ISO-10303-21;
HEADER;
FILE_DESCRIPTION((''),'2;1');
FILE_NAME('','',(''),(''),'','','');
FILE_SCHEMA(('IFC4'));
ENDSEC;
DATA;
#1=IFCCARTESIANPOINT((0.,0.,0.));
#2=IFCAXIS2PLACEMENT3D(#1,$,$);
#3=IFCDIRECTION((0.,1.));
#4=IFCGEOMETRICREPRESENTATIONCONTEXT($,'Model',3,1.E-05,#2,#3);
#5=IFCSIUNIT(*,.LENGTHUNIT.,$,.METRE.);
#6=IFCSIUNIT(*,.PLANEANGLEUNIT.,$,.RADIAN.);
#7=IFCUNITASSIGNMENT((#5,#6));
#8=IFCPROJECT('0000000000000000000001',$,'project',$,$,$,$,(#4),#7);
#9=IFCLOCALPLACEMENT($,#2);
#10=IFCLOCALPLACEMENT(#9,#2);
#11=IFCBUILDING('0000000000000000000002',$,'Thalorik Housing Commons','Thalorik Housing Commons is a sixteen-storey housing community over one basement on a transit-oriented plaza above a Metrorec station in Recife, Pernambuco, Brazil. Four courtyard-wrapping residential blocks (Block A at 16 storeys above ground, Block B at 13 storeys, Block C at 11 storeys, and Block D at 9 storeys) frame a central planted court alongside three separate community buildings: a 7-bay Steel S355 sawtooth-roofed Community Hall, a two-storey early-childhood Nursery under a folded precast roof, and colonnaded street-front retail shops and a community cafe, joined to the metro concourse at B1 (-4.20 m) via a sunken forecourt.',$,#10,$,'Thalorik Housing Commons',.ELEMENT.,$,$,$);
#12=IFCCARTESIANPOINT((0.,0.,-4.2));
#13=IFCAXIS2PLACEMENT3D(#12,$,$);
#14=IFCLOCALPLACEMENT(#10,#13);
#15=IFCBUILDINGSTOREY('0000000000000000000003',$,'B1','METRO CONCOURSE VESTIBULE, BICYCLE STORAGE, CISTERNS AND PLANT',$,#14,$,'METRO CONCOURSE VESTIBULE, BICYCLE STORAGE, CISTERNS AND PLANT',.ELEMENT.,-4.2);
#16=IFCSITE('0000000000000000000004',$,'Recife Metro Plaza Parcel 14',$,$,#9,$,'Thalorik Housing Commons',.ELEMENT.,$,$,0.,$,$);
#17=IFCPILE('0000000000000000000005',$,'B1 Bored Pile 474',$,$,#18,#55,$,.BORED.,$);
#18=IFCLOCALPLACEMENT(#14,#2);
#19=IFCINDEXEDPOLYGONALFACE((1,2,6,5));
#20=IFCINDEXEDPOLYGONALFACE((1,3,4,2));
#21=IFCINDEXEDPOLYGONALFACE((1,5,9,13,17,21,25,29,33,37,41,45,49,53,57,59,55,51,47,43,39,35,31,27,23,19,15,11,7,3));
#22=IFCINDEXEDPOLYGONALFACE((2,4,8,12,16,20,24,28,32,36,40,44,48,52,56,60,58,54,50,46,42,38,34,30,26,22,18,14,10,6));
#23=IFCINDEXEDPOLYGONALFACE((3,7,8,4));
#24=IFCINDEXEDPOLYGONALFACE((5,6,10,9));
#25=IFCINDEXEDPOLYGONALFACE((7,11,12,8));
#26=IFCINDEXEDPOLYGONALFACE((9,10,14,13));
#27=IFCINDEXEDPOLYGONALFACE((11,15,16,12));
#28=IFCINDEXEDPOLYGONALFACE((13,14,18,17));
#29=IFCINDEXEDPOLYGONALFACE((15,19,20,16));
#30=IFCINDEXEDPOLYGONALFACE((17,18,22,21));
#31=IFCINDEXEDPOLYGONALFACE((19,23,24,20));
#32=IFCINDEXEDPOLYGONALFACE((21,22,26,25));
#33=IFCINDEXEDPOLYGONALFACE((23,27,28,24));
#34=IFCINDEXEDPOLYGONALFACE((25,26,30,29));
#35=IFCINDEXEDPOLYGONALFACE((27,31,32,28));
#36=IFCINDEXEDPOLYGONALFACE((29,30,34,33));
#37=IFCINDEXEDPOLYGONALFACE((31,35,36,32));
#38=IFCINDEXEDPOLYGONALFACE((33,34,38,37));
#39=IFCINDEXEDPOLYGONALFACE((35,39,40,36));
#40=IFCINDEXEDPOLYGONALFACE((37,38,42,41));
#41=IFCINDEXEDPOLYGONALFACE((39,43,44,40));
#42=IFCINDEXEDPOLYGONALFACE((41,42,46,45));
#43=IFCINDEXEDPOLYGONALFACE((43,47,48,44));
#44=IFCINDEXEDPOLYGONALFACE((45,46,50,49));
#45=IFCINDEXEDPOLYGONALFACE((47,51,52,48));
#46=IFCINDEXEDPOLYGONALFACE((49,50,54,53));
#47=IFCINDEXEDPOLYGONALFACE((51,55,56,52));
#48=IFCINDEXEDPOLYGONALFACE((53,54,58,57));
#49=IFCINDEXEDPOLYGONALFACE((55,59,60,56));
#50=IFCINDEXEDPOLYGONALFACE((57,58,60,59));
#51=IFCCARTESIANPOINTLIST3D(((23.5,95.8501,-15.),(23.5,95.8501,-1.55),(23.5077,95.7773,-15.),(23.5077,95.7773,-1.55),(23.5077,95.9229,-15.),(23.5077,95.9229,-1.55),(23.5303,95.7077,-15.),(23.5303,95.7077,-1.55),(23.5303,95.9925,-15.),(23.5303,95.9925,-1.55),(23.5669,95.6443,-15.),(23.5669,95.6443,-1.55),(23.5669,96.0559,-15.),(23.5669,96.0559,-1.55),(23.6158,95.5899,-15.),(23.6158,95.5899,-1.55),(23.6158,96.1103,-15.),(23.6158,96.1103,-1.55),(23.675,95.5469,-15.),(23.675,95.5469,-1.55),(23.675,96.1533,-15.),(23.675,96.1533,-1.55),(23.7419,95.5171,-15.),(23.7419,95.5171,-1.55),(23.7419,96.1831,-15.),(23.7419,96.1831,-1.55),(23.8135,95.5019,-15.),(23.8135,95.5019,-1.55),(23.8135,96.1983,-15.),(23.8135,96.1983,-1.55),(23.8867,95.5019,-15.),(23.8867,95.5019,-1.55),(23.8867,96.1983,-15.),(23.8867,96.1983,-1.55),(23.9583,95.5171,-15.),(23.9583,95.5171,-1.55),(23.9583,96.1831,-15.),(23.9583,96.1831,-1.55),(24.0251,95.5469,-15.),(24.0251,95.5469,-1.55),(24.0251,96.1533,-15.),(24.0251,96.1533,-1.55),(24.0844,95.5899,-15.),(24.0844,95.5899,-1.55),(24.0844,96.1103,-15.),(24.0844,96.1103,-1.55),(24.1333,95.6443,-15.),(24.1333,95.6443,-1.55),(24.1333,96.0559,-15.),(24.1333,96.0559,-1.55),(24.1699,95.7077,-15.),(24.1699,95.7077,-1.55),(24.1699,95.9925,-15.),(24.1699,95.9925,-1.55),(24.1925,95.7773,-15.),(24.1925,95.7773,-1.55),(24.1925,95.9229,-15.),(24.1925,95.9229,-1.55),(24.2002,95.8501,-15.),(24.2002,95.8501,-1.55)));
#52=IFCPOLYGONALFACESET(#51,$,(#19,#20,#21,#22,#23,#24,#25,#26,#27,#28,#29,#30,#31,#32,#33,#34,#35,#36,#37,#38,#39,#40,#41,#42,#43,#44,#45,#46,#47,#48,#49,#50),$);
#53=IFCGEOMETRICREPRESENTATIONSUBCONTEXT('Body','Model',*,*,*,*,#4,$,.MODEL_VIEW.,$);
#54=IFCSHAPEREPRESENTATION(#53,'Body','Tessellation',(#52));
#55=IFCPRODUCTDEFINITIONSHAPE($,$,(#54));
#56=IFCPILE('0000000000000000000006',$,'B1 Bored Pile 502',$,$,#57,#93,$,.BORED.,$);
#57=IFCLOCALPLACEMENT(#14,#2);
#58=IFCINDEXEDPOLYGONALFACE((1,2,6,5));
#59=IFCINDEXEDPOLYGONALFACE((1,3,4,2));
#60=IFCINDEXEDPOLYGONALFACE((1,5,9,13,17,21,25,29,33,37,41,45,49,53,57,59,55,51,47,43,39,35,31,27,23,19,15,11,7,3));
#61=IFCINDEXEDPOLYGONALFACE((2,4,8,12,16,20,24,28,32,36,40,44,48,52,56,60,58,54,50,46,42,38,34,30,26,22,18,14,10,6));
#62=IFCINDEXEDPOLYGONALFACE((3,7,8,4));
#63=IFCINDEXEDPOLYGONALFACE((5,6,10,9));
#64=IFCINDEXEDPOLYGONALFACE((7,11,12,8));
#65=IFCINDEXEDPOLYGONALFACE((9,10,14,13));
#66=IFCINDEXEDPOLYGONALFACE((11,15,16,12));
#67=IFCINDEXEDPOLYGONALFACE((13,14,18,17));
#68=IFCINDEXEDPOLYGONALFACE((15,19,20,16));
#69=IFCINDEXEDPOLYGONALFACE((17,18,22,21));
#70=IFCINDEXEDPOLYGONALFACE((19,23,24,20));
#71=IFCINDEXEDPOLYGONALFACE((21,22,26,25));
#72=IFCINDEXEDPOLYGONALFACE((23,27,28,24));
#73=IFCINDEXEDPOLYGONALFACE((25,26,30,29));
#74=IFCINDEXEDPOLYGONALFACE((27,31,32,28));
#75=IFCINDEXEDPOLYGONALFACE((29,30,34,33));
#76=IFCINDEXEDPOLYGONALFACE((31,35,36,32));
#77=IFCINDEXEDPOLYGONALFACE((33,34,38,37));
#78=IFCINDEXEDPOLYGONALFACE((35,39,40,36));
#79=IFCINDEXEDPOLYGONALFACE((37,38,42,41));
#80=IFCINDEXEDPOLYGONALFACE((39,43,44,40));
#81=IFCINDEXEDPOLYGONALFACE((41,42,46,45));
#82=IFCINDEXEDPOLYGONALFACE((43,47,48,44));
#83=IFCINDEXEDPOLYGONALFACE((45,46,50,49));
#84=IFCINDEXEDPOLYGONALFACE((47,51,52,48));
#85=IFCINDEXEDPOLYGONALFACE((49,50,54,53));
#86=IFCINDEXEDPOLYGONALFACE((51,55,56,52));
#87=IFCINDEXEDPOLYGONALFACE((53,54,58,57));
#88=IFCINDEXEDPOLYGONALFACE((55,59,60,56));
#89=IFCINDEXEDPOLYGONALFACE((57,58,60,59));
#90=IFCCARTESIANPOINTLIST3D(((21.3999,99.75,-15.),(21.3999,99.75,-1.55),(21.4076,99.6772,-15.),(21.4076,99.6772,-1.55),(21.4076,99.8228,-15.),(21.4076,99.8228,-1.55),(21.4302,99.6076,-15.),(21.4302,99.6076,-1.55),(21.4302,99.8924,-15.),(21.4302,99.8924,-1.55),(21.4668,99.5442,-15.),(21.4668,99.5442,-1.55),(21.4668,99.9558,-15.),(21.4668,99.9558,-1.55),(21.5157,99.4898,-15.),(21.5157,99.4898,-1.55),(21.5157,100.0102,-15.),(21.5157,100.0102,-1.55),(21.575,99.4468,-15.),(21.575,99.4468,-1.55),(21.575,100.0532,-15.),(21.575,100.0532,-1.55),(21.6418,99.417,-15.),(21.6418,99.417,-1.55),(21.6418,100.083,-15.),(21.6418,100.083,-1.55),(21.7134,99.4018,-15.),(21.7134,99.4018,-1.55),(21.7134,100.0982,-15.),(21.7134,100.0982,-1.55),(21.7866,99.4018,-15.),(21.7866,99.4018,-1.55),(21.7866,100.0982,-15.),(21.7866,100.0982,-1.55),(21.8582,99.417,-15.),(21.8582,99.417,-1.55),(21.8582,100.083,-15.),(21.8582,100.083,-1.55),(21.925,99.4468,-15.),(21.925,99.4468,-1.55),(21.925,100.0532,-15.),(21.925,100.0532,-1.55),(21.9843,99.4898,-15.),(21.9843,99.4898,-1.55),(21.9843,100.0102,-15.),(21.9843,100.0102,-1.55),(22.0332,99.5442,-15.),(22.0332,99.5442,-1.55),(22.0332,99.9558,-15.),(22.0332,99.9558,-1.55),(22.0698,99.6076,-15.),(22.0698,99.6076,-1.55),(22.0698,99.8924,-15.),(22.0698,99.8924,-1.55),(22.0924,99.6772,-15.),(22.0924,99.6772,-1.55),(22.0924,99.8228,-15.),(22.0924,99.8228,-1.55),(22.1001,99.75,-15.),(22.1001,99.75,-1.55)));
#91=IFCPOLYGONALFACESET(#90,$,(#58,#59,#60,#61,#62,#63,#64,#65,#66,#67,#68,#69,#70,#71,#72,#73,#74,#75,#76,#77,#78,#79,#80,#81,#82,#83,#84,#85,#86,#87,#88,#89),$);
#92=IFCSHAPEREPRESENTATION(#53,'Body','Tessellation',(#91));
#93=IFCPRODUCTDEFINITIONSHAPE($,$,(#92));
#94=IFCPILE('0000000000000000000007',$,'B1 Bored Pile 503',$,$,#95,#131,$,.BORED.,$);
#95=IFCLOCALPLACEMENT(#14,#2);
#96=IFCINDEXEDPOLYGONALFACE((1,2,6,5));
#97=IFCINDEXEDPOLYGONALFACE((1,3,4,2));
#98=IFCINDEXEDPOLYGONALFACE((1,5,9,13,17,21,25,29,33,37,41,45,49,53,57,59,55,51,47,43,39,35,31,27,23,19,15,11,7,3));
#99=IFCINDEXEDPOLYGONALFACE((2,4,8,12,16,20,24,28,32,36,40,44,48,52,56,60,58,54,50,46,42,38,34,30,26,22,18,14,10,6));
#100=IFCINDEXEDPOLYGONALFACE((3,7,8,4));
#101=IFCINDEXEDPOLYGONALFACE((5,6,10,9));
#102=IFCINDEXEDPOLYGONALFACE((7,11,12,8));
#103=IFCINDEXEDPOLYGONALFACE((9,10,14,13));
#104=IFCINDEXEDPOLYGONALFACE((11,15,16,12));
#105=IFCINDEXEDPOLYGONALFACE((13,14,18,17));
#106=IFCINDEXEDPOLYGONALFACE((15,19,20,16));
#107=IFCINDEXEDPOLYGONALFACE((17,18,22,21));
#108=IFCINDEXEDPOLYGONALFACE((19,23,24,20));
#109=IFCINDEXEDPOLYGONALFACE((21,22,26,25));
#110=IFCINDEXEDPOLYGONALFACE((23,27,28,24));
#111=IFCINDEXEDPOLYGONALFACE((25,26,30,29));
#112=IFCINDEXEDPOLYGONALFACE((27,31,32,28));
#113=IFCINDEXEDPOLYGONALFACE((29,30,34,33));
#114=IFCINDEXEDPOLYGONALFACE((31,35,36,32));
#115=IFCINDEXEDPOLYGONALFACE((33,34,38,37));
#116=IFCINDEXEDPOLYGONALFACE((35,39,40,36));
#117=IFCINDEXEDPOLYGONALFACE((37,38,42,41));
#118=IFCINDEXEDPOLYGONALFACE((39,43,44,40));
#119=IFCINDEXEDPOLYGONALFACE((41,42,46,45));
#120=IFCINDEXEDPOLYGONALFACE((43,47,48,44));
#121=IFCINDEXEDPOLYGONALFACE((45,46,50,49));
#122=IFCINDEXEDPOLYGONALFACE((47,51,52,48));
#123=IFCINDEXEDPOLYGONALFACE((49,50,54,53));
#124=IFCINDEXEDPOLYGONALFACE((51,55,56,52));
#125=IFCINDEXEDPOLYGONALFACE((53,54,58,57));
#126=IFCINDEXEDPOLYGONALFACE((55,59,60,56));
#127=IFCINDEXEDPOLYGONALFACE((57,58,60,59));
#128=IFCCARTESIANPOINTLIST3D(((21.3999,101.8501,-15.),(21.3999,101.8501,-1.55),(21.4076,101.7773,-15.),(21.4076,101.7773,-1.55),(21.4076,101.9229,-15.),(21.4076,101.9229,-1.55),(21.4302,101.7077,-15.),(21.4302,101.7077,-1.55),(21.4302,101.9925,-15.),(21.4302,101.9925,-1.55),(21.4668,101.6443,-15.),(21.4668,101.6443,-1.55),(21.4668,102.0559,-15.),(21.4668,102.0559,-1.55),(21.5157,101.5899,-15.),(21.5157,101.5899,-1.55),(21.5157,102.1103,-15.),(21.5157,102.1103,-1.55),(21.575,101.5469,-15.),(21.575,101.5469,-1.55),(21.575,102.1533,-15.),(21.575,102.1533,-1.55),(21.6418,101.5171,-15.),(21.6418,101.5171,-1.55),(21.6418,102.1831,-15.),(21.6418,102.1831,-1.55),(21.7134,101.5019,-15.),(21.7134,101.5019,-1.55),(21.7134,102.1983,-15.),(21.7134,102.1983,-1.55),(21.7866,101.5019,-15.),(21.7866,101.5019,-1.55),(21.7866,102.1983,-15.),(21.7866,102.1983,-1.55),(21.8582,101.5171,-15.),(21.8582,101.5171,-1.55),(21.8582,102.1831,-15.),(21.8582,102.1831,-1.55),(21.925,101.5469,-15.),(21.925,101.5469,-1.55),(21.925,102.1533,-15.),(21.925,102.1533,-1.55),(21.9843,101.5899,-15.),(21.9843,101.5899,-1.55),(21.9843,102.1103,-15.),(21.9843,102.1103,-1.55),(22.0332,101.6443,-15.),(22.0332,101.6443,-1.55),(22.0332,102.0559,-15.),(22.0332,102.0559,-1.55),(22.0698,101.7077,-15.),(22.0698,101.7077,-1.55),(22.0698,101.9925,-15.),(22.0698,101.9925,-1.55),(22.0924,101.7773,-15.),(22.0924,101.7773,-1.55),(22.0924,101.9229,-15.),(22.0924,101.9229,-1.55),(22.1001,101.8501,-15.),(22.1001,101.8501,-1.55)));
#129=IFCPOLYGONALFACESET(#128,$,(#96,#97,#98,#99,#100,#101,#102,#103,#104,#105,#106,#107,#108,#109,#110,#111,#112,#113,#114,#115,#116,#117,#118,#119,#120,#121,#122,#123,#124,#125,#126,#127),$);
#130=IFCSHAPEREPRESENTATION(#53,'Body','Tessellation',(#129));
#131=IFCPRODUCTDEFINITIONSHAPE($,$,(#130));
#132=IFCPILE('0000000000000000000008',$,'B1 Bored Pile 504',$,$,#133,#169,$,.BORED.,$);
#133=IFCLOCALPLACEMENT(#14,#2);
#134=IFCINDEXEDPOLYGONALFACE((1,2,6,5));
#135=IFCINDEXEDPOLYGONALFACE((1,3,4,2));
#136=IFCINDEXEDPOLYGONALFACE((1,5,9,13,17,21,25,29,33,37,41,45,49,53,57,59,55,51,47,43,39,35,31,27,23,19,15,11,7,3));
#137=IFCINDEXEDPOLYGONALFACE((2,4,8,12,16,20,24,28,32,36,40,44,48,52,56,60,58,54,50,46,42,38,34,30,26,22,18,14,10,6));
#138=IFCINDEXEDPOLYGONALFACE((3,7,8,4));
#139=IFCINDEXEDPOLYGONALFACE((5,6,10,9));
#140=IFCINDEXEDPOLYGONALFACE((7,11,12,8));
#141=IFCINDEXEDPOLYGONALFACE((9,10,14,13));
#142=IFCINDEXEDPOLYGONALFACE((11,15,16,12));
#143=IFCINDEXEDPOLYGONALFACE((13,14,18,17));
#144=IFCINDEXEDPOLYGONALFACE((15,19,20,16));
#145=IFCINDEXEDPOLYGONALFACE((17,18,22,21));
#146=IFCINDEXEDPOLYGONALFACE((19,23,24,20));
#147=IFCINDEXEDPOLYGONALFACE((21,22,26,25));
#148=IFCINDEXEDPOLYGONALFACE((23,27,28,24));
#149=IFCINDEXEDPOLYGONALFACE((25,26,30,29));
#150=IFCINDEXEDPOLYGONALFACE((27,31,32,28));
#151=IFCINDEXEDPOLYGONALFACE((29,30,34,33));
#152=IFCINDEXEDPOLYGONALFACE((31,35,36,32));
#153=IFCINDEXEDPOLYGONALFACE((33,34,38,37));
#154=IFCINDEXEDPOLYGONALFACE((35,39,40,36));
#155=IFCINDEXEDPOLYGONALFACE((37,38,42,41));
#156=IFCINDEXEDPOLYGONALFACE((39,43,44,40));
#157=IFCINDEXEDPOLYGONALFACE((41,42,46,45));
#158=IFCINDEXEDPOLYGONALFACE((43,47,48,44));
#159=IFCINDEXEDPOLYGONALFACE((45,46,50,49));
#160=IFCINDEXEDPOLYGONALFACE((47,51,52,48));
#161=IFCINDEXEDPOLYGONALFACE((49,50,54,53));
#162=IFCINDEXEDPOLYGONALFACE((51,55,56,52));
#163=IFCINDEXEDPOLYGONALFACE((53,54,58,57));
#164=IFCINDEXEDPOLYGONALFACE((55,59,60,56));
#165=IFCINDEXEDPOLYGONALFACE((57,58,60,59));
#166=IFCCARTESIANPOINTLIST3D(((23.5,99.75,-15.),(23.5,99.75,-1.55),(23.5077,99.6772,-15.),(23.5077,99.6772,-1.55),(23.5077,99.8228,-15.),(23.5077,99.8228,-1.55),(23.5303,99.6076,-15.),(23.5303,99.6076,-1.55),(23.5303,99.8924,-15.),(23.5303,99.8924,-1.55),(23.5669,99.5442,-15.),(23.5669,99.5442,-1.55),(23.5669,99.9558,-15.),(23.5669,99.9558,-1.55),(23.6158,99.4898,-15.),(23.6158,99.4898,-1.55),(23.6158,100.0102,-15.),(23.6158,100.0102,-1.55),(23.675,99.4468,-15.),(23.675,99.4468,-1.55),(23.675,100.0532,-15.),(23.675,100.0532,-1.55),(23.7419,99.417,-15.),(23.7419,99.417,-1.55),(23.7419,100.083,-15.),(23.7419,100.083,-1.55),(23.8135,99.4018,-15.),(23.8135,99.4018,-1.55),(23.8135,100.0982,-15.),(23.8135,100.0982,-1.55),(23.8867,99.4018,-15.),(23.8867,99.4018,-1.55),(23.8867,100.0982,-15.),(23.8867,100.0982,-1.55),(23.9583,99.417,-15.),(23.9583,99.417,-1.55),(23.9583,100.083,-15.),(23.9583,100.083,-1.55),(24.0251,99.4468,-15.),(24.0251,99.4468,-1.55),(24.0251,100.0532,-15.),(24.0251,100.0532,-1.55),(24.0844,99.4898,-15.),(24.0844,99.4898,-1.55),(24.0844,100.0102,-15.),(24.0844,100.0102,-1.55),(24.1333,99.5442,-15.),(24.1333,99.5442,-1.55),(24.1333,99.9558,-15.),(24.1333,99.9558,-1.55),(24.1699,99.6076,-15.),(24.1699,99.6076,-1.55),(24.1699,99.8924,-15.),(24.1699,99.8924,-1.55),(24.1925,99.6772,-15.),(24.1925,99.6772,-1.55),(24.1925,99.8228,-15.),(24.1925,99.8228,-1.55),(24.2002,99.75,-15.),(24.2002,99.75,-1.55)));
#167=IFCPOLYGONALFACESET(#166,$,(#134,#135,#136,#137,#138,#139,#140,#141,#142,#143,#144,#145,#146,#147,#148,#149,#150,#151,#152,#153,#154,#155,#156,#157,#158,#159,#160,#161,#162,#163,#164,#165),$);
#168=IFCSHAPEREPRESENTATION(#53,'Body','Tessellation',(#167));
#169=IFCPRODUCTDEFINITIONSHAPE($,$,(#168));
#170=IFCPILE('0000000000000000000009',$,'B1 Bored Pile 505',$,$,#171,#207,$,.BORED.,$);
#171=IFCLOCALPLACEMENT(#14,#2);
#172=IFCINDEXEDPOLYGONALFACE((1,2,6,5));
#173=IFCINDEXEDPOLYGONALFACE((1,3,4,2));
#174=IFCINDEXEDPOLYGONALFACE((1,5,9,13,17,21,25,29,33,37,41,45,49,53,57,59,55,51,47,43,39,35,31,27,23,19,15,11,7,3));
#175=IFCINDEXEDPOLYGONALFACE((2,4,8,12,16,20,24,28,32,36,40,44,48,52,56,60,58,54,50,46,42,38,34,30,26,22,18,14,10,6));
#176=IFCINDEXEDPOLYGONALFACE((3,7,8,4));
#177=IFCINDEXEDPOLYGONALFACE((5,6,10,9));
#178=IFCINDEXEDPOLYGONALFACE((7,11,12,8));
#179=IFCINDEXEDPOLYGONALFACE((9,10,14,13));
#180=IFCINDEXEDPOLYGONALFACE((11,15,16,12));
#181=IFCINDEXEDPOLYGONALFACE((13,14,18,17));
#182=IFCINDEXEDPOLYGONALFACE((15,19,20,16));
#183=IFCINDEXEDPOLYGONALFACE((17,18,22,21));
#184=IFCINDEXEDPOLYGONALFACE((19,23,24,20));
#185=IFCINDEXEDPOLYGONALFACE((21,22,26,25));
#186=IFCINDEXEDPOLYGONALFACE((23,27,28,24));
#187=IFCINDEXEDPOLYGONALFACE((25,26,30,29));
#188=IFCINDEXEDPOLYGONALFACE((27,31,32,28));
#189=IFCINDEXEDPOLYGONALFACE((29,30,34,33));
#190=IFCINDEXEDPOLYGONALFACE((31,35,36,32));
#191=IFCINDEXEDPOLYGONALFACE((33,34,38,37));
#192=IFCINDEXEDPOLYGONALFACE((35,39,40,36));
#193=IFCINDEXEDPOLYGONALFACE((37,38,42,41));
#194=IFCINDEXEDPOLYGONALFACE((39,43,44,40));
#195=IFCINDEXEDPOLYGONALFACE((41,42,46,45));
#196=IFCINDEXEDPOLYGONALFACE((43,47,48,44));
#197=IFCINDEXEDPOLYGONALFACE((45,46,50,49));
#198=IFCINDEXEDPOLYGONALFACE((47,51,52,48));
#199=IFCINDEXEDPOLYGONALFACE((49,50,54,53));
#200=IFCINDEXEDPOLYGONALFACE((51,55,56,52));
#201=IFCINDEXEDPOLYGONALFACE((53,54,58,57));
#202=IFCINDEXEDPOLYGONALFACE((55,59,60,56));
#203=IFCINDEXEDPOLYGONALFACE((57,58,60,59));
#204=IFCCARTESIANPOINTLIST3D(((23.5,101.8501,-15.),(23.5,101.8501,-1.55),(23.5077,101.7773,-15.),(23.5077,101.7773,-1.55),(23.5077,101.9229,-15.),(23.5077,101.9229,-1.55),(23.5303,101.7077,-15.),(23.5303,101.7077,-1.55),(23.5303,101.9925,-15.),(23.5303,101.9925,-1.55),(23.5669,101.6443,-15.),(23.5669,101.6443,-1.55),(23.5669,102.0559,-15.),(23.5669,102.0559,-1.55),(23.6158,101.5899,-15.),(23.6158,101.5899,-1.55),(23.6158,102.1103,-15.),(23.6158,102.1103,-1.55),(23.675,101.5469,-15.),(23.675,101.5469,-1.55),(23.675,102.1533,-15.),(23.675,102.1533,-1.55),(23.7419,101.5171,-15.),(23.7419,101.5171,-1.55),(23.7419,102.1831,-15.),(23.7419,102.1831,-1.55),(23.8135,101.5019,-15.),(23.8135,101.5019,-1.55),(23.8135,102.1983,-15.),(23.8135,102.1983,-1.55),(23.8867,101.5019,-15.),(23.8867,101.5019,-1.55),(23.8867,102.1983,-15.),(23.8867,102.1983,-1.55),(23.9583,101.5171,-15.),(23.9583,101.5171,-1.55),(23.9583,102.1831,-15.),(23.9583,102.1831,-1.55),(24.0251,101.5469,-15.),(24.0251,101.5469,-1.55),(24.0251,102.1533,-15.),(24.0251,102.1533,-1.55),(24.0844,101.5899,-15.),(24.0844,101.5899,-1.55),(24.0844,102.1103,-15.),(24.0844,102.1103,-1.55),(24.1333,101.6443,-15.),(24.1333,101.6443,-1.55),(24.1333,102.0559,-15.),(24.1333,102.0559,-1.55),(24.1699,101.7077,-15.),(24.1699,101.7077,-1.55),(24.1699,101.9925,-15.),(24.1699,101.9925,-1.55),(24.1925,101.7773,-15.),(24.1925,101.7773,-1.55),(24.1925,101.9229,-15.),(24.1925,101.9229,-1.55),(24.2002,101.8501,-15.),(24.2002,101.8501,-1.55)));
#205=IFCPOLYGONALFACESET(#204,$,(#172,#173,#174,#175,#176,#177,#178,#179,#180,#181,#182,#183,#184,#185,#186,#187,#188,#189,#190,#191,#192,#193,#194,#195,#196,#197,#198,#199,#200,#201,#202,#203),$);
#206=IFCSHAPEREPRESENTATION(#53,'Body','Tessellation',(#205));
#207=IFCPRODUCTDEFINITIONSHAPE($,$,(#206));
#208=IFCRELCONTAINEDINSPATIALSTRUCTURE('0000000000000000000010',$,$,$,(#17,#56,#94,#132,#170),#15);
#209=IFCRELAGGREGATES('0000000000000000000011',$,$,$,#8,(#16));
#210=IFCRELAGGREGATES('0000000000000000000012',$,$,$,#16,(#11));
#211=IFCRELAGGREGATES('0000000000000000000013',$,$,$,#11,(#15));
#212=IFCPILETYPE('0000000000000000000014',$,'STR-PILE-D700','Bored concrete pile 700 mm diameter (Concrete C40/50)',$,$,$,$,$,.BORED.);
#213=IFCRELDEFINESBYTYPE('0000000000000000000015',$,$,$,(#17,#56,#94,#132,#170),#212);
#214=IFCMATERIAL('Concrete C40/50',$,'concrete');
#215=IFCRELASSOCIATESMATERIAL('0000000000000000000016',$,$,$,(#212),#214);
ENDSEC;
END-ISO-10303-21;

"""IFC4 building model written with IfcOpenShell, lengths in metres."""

from ifc_helpers import new_model, si_unit, direction, frame, origin, origin_2d, place, context, subcontext, project, spatial, circle, extrude, material, material_profile, profile_set, type_object, element, save


model = new_model("IFC4")

# Units and contexts
model_context = context("Model", 3, precision=1e-05, world=origin(), true_north=direction((0.0, 1.0)))
body_context = subcontext(model_context, "Body", "Model", "MODEL_VIEW")
ifc_project = project(units=[si_unit("LENGTHUNIT", "METRE"), si_unit("PLANEANGLEUNIT", "RADIAN")], contexts=[model_context])

# Site, building, storey
site_placement = place(None, origin())
site = spatial("IfcSite", under=ifc_project, at=site_placement, Name="Recife Metro Plaza Parcel 14", LongName="Thalorik Housing Commons", CompositionType="ELEMENT", RefElevation=0.0)
building_placement = place(site_placement, origin())
building = spatial("IfcBuilding", under=site, at=building_placement, Name="Thalorik Housing Commons", Description="Thalorik Housing Commons is a sixteen-storey housing community over one basement on a transit-oriented plaza above a Metrorec station in Recife, Pernambuco, Brazil. Four courtyard-wrapping residential blocks (Block A at 16 storeys above ground, Block B at 13 storeys, Block C at 11 storeys, and Block D at 9 storeys) frame a central planted court alongside three separate community buildings: a 7-bay Steel S355 sawtooth-roofed Community Hall, a two-storey early-childhood Nursery under a folded precast roof, and colonnaded street-front retail shops and a community cafe, joined to the metro concourse at B1 (-4.20 m) via a sunken forecourt.", LongName="Thalorik Housing Commons", CompositionType="ELEMENT")
storey_placement = place(building_placement, frame((0.0, 0.0, -4.2)))
storey = spatial("IfcBuildingStorey", under=building, at=storey_placement, Name="B1", Description="METRO CONCOURSE VESTIBULE, BICYCLE STORAGE, CISTERNS AND PLANT", LongName="METRO CONCOURSE VESTIBULE, BICYCLE STORAGE, CISTERNS AND PLANT", CompositionType="ELEMENT", Elevation=-4.2)

# Shared definitions
ifc_material_1 = material(Name="Concrete C40/50", Category="concrete")

# Piles
ifc_material_profile_1 = material_profile(ifc_material_1, circle(Radius=0.3501, at=origin_2d()), Name="BORED PILE D700", Category="concrete")
ifc_profile_set_1 = profile_set([ifc_material_profile_1], Name="Concrete C40/50")
pile_type_1 = type_object("IfcPileType", Name="STR-PILE-D700", Description="Bored concrete pile 700 mm diameter (Concrete C40/50)", PredefinedType="BORED", material=ifc_profile_set_1)
for number, where, z_axis, x_axis, name in (
    (1, (23.8501, 95.8501, -1.55), (0.0, 0.0, -1.0), (1.0, 0.0, 0.0), "B1 Bored Pile 474"),
    (2, (21.75, 99.75, -1.55), (0.0, 0.0, -1.0), (1.0, 0.0, 0.0), "B1 Bored Pile 502"),
    (3, (21.75, 101.8501, -1.55), (0.0, 0.0, -1.0), (1.0, 0.0, 0.0), "B1 Bored Pile 503"),
    (4, (23.8501, 99.75, -1.55), (0.0, 0.0, -1.0), (1.0, 0.0, 0.0), "B1 Bored Pile 504"),
    (5, (23.8501, 101.8501, -1.55), (0.0, 0.0, -1.0), (1.0, 0.0, 0.0), "B1 Bored Pile 505"),
):
    element("IfcPile", number, at=place(storey_placement, frame(where, z_axis=z_axis, x_axis=x_axis)), inside=storey, type_object=pile_type_1, Name=name, PredefinedType="BORED", context=body_context, shape_type="SweptSolid", body=[
        extrude(circle(Radius=0.3501, at=origin_2d()), origin(), (0.0, 0.0, 1.0), 13.45),
    ])

save(model, "model.ifc")
